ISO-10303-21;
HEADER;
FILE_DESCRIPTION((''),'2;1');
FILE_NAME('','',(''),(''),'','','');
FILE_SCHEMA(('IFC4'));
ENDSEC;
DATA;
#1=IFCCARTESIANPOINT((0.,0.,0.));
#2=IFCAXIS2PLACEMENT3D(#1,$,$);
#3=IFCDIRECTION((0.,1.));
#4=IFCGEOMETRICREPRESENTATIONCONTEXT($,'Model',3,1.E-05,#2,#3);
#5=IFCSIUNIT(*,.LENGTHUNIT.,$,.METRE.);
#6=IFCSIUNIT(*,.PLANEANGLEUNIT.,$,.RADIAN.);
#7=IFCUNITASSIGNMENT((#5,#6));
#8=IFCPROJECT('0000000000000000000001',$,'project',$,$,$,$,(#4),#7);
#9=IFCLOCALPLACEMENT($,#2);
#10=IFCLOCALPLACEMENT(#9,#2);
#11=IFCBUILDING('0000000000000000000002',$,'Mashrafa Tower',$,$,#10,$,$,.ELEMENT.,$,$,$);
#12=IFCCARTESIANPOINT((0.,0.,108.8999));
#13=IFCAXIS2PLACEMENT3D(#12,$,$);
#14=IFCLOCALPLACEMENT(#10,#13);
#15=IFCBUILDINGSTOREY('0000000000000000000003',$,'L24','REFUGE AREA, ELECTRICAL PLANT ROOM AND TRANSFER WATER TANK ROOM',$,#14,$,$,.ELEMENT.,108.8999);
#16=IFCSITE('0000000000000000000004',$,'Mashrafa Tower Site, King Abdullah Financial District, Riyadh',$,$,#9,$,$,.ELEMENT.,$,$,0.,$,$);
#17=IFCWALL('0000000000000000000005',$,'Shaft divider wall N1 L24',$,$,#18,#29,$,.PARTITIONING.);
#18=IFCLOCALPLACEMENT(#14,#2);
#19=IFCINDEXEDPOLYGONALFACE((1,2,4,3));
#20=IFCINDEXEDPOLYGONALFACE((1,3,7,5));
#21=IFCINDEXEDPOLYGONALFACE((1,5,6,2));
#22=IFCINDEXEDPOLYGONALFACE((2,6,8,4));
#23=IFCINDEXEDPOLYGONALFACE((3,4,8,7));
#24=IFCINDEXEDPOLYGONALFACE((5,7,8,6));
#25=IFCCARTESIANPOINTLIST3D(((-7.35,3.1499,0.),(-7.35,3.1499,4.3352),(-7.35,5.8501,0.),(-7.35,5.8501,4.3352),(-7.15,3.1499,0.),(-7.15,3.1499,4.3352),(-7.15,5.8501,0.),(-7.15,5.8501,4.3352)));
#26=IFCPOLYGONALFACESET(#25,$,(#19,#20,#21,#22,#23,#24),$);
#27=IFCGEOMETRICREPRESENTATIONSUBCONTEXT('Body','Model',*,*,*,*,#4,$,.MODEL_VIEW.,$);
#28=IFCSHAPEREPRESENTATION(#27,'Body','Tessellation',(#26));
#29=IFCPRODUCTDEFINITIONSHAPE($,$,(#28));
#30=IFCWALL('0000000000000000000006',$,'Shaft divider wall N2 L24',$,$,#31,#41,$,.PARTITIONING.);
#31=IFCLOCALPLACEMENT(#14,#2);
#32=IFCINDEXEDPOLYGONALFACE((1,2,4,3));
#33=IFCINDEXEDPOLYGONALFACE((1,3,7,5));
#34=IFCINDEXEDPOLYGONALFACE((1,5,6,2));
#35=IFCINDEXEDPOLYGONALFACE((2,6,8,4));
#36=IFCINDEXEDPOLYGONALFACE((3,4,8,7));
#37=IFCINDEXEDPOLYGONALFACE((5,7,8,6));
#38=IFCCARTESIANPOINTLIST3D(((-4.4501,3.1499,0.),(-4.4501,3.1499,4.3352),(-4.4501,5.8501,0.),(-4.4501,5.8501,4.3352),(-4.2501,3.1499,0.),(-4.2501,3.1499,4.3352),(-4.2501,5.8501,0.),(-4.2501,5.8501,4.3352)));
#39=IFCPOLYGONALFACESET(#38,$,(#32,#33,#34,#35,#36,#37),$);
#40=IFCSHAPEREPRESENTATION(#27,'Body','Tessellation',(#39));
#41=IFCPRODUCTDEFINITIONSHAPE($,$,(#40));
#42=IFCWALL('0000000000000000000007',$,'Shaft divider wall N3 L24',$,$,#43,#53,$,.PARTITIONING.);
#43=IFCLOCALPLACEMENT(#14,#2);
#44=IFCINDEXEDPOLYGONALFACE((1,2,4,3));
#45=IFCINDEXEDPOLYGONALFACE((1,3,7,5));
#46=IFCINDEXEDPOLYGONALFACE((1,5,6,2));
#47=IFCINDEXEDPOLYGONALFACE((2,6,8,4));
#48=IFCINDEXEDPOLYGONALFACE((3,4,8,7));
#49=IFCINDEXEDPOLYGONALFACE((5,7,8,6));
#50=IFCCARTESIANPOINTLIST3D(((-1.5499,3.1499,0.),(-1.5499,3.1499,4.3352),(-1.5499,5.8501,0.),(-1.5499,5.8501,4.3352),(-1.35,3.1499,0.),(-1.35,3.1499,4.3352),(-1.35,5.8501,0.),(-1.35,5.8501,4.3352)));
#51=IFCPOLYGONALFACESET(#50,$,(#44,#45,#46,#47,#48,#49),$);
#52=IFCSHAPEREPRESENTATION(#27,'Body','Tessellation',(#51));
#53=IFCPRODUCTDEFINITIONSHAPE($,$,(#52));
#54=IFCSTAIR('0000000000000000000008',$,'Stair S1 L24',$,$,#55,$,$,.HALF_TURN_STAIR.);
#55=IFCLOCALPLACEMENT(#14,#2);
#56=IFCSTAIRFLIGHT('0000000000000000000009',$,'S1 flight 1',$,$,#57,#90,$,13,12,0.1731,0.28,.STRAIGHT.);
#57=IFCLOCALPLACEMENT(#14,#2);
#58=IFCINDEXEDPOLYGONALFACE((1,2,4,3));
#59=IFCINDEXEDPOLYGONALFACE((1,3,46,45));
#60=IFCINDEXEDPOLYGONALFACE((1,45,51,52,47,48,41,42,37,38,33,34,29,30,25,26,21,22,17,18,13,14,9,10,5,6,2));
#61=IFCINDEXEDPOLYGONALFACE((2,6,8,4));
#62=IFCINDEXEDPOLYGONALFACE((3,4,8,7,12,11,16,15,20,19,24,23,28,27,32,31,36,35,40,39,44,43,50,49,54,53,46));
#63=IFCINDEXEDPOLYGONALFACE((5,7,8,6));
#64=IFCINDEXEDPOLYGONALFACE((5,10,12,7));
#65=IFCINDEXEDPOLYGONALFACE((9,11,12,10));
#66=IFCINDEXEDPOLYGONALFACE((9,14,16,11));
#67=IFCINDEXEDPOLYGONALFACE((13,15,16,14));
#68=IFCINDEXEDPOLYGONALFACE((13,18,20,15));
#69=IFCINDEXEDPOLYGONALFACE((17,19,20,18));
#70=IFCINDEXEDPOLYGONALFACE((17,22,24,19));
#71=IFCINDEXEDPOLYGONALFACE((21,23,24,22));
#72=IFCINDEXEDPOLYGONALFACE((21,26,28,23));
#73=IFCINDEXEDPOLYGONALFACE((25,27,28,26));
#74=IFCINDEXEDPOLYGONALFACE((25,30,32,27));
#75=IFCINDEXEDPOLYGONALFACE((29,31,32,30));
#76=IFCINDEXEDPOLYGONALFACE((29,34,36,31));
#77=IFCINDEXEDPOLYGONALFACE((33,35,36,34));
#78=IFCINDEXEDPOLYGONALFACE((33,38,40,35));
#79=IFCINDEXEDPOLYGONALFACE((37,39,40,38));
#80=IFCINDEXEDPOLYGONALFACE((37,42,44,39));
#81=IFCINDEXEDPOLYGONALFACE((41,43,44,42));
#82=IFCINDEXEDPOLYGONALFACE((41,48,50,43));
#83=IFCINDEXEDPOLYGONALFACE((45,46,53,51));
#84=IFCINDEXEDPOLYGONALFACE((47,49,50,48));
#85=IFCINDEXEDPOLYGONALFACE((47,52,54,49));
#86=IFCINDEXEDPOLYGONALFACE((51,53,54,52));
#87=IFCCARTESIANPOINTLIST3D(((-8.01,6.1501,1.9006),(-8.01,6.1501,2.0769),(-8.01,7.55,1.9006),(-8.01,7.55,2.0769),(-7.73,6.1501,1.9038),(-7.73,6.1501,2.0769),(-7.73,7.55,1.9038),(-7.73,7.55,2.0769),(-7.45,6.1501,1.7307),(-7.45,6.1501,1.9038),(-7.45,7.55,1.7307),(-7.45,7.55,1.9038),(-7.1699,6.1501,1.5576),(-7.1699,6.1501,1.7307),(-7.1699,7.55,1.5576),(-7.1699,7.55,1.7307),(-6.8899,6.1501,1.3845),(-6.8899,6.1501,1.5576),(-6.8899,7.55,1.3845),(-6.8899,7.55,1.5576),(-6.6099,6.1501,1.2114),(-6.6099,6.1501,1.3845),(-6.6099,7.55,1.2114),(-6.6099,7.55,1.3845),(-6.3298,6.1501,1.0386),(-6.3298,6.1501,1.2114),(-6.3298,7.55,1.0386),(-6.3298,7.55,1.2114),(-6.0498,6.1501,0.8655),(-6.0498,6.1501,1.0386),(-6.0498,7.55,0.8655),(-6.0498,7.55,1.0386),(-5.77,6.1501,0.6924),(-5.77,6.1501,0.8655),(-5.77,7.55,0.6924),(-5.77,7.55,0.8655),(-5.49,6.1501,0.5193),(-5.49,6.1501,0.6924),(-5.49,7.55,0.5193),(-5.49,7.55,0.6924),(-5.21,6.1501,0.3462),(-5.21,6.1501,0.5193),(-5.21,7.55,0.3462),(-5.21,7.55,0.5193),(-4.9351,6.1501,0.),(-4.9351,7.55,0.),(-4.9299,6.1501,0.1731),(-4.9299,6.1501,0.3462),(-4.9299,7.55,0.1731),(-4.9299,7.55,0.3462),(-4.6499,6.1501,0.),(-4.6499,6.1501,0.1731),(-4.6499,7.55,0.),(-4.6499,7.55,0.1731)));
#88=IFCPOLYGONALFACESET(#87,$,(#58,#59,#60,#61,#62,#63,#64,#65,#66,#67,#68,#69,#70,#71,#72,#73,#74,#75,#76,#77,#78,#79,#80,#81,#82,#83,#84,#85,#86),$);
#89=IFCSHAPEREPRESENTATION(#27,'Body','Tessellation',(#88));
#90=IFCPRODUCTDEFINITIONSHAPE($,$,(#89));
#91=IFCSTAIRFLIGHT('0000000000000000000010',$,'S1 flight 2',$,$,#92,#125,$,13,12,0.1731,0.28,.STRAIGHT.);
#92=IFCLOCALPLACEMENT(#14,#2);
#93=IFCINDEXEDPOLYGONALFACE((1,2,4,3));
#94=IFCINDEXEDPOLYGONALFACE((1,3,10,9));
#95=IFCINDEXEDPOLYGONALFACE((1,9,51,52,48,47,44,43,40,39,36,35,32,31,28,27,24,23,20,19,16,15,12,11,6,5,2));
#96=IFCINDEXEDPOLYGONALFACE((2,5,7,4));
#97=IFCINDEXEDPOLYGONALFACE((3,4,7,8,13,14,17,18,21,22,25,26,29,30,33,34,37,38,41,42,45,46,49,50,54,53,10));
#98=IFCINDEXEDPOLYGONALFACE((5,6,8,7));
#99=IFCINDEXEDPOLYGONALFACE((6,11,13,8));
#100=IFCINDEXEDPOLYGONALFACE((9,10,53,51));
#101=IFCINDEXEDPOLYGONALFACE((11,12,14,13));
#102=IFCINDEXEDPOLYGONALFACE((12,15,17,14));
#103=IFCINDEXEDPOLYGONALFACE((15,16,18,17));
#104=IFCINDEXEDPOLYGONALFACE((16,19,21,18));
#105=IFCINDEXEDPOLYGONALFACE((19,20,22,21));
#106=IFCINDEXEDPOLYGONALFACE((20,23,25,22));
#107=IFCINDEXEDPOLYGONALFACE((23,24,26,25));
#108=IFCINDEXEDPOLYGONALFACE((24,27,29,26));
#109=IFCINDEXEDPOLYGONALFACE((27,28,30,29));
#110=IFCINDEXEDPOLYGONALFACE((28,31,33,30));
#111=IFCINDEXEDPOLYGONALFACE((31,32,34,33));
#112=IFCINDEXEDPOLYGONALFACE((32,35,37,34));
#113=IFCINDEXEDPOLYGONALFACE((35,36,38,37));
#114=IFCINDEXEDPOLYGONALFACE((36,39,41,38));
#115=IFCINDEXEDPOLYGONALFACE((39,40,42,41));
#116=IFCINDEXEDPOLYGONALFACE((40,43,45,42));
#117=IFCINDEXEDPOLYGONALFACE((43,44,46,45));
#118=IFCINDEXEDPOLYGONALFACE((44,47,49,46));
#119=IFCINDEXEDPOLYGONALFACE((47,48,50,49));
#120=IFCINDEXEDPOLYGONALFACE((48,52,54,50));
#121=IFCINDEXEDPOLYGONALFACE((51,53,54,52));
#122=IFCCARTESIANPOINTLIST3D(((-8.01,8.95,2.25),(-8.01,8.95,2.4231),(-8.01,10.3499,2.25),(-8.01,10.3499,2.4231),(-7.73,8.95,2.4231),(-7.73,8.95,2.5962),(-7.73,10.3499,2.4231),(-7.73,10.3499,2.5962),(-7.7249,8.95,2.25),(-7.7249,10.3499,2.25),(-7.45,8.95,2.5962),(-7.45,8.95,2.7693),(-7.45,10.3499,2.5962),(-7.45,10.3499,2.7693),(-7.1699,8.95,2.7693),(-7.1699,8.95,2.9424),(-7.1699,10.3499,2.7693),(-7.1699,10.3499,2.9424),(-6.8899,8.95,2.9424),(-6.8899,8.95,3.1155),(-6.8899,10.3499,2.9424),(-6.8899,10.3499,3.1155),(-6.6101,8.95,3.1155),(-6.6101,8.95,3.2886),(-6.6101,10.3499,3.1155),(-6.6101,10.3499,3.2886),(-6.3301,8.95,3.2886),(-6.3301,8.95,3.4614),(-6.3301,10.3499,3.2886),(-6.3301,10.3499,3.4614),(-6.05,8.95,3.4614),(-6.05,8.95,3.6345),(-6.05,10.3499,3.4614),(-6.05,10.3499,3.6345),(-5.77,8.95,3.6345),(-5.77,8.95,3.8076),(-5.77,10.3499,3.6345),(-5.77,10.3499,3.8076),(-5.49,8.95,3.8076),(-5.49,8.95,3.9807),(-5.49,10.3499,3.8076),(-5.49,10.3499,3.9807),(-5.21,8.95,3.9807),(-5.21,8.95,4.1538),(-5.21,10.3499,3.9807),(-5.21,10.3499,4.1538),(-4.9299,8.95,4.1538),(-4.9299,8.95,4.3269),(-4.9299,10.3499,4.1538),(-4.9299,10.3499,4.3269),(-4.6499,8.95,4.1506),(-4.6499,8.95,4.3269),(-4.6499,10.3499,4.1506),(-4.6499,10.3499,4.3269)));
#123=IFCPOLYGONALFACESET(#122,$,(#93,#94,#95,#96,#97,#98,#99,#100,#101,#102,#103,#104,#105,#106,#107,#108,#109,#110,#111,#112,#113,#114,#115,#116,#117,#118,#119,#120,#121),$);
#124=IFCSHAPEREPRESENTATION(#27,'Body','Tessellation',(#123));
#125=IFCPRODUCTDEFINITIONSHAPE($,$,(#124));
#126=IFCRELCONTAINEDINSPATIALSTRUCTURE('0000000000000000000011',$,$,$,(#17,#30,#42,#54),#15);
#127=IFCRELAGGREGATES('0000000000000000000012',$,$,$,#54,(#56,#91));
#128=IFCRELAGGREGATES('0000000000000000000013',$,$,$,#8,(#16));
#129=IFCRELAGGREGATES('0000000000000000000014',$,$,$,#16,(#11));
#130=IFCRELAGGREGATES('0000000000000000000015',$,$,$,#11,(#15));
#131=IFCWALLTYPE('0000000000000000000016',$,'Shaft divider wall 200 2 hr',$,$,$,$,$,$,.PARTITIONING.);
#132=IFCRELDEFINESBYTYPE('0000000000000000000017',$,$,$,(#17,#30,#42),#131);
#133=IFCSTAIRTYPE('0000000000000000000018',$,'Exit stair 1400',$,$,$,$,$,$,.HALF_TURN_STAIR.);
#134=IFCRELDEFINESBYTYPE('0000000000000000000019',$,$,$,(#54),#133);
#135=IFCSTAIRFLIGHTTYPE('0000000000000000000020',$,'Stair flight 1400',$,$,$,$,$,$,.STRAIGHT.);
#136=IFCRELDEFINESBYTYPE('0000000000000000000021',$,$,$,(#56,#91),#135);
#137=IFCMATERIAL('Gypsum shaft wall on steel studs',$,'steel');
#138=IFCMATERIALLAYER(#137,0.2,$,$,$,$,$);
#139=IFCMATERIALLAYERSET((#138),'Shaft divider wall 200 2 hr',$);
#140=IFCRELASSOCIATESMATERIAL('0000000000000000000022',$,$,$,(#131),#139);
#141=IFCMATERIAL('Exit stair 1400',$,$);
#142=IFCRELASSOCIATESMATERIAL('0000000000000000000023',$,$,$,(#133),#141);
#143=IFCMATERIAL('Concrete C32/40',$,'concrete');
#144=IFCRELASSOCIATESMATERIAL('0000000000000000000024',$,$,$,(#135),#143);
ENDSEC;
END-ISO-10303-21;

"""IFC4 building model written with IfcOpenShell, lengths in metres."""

from ifc_helpers import new_model, si_unit, direction, frame, frame_2d, origin, place, context, subcontext, project, spatial, polyline, rectangle, outline, extrude, material, layer, layer_set, type_object, element, aggregate, save


model = new_model("IFC4")

# Units and contexts
model_context = context("Model", 3, precision=1e-05, world=origin(), true_north=direction((0.0, 1.0)))
body_context = subcontext(model_context, "Body", "Model", "MODEL_VIEW")
ifc_project = project(units=[si_unit("LENGTHUNIT", "METRE"), si_unit("PLANEANGLEUNIT", "RADIAN")], contexts=[model_context])

# Site, building, storey
site_placement = place(None, origin())
site = spatial("IfcSite", under=ifc_project, at=site_placement, Name="Mashrafa Tower Site, King Abdullah Financial District, Riyadh", CompositionType="ELEMENT", RefElevation=0.0)
building_placement = place(site_placement, origin())
building = spatial("IfcBuilding", under=site, at=building_placement, Name="Mashrafa Tower", CompositionType="ELEMENT")
storey_placement = place(building_placement, frame((0.0, 0.0, 108.8999)))
storey = spatial("IfcBuildingStorey", under=building, at=storey_placement, Name="L24", Description="REFUGE AREA, ELECTRICAL PLANT ROOM AND TRANSFER WATER TANK ROOM", CompositionType="ELEMENT", Elevation=108.8999)

# Walls
ifc_material_1 = material(Name="Gypsum shaft wall on steel studs", Category="steel")
ifc_layer_1 = layer(ifc_material_1, 0.2)
ifc_layer_set_1 = layer_set([ifc_layer_1], Name="Shaft divider wall 200 2 hr")
wall_type_1 = type_object("IfcWallType", Name="Shaft divider wall 200 2 hr", PredefinedType="PARTITIONING", material=ifc_layer_set_1)
for number, where, z_axis, x_axis, name in (
    (1, (-7.25, 3.1499, 0.0), (0.0, 0.0, 1.0), (0.0, 1.0, 0.0), "Shaft divider wall N1 L24"),
    (2, (-4.3501, 3.1499, 0.0), (0.0, 0.0, 1.0), (0.0, 1.0, 0.0), "Shaft divider wall N2 L24"),
    (3, (-1.45, 3.1499, 0.0), (0.0, 0.0, 1.0), (0.0, 1.0, 0.0), "Shaft divider wall N3 L24"),
):
    element("IfcWall", number, at=place(storey_placement, frame(where, z_axis=z_axis, x_axis=x_axis)), inside=storey, type_object=wall_type_1, Name=name, PredefinedType="PARTITIONING", context=body_context, shape_type="SweptSolid", body=[
        extrude(rectangle(XDim=2.7002, YDim=0.2, at=frame_2d((1.3501, 0.0))), origin(), (0.0, 0.0, 1.0), 4.3352),
    ])

# Stair, stair flights
ifc_material_2 = material(Name="Exit stair 1400")
stair_type = type_object("IfcStairType", Name="Exit stair 1400", PredefinedType="HALF_TURN_STAIR", material=ifc_material_2)
stair_placement = place(storey_placement, origin())
stair = element("IfcStair", 4, at=stair_placement, inside=storey, type_object=stair_type, Name="Stair S1 L24", PredefinedType="HALF_TURN_STAIR")
ifc_material_3 = material(Name="Concrete C32/40", Category="concrete")
stair_flight_type = type_object("IfcStairFlightType", Name="Stair flight 1400", PredefinedType="STRAIGHT", material=ifc_material_3)
stair_flight_1_placement = place(storey_placement, frame((-4.6499, 6.8501, 0.0), z_axis=(0.0, 0.0, 1.0), x_axis=(-1.0, 0.0, 0.0)))
stair_flight_1 = element("IfcStairFlight", 5, at=stair_flight_1_placement, type_object=stair_flight_type, Name="S1 flight 1", NumberOfRisers=13, NumberOfTreads=12, PredefinedType="STRAIGHT", RiserHeight=0.1731, TreadLength=0.28, context=body_context, shape_type="SweptSolid", body=[
    extrude(outline(polyline([(0.0, 0.0), (0.0, 0.1731), (0.28, 0.1731), (0.28, 0.3462), (0.5601, 0.3462), (0.5601, 0.5193), (0.8401, 0.5193), (0.8401, 0.6924), (1.1201, 0.6924), (1.1201, 0.8655), (1.3999, 0.8655), (1.3999, 1.0386), (1.6799, 1.0386), (1.6799, 1.2114), (1.96, 1.2114), (1.96, 1.3845), (2.24, 1.3845), (2.24, 1.5576), (2.52, 1.5576), (2.52, 1.7307), (2.8, 1.7307), (2.8, 1.9038), (3.0801, 1.9038), (3.0801, 2.0769), (3.3601, 2.0769), (3.3601, 2.25), (3.3601, 1.9006), (0.2852, 0.0), (0.0, 0.0)])), frame((0.0, 0.7, 0.0), z_axis=(0.0, -1.0, 0.0), x_axis=(1.0, 0.0, 0.0)), (0.0, 0.0, 1.0), 1.3999),
])
stair_flight_2_placement = place(storey_placement, frame((-8.01, 9.6499, 2.25), z_axis=(0.0, 0.0, 1.0), x_axis=(1.0, 0.0, 0.0)))
stair_flight_2 = element("IfcStairFlight", 6, at=stair_flight_2_placement, type_object=stair_flight_type, Name="S1 flight 2", NumberOfRisers=13, NumberOfTreads=12, PredefinedType="STRAIGHT", RiserHeight=0.1731, TreadLength=0.28, context=body_context, shape_type="SweptSolid", body=[
    extrude(outline(polyline([(0.0, 0.0), (0.0, 0.1731), (0.28, 0.1731), (0.28, 0.3462), (0.5601, 0.3462), (0.5601, 0.5193), (0.8401, 0.5193), (0.8401, 0.6924), (1.1201, 0.6924), (1.1201, 0.8655), (1.3999, 0.8655), (1.3999, 1.0386), (1.6799, 1.0386), (1.6799, 1.2114), (1.96, 1.2114), (1.96, 1.3845), (2.24, 1.3845), (2.24, 1.5576), (2.52, 1.5576), (2.52, 1.7307), (2.8, 1.7307), (2.8, 1.9038), (3.0801, 1.9038), (3.0801, 2.0769), (3.3601, 2.0769), (3.3601, 2.25), (3.3601, 1.9006), (0.2852, 0.0), (0.0, 0.0)])), frame((0.0, 0.7, 0.0), z_axis=(0.0, -1.0, 0.0), x_axis=(1.0, 0.0, 0.0)), (0.0, 0.0, 1.0), 1.3999),
])
aggregate(stair, [stair_flight_1, stair_flight_2])

save(model, "model.ifc")
